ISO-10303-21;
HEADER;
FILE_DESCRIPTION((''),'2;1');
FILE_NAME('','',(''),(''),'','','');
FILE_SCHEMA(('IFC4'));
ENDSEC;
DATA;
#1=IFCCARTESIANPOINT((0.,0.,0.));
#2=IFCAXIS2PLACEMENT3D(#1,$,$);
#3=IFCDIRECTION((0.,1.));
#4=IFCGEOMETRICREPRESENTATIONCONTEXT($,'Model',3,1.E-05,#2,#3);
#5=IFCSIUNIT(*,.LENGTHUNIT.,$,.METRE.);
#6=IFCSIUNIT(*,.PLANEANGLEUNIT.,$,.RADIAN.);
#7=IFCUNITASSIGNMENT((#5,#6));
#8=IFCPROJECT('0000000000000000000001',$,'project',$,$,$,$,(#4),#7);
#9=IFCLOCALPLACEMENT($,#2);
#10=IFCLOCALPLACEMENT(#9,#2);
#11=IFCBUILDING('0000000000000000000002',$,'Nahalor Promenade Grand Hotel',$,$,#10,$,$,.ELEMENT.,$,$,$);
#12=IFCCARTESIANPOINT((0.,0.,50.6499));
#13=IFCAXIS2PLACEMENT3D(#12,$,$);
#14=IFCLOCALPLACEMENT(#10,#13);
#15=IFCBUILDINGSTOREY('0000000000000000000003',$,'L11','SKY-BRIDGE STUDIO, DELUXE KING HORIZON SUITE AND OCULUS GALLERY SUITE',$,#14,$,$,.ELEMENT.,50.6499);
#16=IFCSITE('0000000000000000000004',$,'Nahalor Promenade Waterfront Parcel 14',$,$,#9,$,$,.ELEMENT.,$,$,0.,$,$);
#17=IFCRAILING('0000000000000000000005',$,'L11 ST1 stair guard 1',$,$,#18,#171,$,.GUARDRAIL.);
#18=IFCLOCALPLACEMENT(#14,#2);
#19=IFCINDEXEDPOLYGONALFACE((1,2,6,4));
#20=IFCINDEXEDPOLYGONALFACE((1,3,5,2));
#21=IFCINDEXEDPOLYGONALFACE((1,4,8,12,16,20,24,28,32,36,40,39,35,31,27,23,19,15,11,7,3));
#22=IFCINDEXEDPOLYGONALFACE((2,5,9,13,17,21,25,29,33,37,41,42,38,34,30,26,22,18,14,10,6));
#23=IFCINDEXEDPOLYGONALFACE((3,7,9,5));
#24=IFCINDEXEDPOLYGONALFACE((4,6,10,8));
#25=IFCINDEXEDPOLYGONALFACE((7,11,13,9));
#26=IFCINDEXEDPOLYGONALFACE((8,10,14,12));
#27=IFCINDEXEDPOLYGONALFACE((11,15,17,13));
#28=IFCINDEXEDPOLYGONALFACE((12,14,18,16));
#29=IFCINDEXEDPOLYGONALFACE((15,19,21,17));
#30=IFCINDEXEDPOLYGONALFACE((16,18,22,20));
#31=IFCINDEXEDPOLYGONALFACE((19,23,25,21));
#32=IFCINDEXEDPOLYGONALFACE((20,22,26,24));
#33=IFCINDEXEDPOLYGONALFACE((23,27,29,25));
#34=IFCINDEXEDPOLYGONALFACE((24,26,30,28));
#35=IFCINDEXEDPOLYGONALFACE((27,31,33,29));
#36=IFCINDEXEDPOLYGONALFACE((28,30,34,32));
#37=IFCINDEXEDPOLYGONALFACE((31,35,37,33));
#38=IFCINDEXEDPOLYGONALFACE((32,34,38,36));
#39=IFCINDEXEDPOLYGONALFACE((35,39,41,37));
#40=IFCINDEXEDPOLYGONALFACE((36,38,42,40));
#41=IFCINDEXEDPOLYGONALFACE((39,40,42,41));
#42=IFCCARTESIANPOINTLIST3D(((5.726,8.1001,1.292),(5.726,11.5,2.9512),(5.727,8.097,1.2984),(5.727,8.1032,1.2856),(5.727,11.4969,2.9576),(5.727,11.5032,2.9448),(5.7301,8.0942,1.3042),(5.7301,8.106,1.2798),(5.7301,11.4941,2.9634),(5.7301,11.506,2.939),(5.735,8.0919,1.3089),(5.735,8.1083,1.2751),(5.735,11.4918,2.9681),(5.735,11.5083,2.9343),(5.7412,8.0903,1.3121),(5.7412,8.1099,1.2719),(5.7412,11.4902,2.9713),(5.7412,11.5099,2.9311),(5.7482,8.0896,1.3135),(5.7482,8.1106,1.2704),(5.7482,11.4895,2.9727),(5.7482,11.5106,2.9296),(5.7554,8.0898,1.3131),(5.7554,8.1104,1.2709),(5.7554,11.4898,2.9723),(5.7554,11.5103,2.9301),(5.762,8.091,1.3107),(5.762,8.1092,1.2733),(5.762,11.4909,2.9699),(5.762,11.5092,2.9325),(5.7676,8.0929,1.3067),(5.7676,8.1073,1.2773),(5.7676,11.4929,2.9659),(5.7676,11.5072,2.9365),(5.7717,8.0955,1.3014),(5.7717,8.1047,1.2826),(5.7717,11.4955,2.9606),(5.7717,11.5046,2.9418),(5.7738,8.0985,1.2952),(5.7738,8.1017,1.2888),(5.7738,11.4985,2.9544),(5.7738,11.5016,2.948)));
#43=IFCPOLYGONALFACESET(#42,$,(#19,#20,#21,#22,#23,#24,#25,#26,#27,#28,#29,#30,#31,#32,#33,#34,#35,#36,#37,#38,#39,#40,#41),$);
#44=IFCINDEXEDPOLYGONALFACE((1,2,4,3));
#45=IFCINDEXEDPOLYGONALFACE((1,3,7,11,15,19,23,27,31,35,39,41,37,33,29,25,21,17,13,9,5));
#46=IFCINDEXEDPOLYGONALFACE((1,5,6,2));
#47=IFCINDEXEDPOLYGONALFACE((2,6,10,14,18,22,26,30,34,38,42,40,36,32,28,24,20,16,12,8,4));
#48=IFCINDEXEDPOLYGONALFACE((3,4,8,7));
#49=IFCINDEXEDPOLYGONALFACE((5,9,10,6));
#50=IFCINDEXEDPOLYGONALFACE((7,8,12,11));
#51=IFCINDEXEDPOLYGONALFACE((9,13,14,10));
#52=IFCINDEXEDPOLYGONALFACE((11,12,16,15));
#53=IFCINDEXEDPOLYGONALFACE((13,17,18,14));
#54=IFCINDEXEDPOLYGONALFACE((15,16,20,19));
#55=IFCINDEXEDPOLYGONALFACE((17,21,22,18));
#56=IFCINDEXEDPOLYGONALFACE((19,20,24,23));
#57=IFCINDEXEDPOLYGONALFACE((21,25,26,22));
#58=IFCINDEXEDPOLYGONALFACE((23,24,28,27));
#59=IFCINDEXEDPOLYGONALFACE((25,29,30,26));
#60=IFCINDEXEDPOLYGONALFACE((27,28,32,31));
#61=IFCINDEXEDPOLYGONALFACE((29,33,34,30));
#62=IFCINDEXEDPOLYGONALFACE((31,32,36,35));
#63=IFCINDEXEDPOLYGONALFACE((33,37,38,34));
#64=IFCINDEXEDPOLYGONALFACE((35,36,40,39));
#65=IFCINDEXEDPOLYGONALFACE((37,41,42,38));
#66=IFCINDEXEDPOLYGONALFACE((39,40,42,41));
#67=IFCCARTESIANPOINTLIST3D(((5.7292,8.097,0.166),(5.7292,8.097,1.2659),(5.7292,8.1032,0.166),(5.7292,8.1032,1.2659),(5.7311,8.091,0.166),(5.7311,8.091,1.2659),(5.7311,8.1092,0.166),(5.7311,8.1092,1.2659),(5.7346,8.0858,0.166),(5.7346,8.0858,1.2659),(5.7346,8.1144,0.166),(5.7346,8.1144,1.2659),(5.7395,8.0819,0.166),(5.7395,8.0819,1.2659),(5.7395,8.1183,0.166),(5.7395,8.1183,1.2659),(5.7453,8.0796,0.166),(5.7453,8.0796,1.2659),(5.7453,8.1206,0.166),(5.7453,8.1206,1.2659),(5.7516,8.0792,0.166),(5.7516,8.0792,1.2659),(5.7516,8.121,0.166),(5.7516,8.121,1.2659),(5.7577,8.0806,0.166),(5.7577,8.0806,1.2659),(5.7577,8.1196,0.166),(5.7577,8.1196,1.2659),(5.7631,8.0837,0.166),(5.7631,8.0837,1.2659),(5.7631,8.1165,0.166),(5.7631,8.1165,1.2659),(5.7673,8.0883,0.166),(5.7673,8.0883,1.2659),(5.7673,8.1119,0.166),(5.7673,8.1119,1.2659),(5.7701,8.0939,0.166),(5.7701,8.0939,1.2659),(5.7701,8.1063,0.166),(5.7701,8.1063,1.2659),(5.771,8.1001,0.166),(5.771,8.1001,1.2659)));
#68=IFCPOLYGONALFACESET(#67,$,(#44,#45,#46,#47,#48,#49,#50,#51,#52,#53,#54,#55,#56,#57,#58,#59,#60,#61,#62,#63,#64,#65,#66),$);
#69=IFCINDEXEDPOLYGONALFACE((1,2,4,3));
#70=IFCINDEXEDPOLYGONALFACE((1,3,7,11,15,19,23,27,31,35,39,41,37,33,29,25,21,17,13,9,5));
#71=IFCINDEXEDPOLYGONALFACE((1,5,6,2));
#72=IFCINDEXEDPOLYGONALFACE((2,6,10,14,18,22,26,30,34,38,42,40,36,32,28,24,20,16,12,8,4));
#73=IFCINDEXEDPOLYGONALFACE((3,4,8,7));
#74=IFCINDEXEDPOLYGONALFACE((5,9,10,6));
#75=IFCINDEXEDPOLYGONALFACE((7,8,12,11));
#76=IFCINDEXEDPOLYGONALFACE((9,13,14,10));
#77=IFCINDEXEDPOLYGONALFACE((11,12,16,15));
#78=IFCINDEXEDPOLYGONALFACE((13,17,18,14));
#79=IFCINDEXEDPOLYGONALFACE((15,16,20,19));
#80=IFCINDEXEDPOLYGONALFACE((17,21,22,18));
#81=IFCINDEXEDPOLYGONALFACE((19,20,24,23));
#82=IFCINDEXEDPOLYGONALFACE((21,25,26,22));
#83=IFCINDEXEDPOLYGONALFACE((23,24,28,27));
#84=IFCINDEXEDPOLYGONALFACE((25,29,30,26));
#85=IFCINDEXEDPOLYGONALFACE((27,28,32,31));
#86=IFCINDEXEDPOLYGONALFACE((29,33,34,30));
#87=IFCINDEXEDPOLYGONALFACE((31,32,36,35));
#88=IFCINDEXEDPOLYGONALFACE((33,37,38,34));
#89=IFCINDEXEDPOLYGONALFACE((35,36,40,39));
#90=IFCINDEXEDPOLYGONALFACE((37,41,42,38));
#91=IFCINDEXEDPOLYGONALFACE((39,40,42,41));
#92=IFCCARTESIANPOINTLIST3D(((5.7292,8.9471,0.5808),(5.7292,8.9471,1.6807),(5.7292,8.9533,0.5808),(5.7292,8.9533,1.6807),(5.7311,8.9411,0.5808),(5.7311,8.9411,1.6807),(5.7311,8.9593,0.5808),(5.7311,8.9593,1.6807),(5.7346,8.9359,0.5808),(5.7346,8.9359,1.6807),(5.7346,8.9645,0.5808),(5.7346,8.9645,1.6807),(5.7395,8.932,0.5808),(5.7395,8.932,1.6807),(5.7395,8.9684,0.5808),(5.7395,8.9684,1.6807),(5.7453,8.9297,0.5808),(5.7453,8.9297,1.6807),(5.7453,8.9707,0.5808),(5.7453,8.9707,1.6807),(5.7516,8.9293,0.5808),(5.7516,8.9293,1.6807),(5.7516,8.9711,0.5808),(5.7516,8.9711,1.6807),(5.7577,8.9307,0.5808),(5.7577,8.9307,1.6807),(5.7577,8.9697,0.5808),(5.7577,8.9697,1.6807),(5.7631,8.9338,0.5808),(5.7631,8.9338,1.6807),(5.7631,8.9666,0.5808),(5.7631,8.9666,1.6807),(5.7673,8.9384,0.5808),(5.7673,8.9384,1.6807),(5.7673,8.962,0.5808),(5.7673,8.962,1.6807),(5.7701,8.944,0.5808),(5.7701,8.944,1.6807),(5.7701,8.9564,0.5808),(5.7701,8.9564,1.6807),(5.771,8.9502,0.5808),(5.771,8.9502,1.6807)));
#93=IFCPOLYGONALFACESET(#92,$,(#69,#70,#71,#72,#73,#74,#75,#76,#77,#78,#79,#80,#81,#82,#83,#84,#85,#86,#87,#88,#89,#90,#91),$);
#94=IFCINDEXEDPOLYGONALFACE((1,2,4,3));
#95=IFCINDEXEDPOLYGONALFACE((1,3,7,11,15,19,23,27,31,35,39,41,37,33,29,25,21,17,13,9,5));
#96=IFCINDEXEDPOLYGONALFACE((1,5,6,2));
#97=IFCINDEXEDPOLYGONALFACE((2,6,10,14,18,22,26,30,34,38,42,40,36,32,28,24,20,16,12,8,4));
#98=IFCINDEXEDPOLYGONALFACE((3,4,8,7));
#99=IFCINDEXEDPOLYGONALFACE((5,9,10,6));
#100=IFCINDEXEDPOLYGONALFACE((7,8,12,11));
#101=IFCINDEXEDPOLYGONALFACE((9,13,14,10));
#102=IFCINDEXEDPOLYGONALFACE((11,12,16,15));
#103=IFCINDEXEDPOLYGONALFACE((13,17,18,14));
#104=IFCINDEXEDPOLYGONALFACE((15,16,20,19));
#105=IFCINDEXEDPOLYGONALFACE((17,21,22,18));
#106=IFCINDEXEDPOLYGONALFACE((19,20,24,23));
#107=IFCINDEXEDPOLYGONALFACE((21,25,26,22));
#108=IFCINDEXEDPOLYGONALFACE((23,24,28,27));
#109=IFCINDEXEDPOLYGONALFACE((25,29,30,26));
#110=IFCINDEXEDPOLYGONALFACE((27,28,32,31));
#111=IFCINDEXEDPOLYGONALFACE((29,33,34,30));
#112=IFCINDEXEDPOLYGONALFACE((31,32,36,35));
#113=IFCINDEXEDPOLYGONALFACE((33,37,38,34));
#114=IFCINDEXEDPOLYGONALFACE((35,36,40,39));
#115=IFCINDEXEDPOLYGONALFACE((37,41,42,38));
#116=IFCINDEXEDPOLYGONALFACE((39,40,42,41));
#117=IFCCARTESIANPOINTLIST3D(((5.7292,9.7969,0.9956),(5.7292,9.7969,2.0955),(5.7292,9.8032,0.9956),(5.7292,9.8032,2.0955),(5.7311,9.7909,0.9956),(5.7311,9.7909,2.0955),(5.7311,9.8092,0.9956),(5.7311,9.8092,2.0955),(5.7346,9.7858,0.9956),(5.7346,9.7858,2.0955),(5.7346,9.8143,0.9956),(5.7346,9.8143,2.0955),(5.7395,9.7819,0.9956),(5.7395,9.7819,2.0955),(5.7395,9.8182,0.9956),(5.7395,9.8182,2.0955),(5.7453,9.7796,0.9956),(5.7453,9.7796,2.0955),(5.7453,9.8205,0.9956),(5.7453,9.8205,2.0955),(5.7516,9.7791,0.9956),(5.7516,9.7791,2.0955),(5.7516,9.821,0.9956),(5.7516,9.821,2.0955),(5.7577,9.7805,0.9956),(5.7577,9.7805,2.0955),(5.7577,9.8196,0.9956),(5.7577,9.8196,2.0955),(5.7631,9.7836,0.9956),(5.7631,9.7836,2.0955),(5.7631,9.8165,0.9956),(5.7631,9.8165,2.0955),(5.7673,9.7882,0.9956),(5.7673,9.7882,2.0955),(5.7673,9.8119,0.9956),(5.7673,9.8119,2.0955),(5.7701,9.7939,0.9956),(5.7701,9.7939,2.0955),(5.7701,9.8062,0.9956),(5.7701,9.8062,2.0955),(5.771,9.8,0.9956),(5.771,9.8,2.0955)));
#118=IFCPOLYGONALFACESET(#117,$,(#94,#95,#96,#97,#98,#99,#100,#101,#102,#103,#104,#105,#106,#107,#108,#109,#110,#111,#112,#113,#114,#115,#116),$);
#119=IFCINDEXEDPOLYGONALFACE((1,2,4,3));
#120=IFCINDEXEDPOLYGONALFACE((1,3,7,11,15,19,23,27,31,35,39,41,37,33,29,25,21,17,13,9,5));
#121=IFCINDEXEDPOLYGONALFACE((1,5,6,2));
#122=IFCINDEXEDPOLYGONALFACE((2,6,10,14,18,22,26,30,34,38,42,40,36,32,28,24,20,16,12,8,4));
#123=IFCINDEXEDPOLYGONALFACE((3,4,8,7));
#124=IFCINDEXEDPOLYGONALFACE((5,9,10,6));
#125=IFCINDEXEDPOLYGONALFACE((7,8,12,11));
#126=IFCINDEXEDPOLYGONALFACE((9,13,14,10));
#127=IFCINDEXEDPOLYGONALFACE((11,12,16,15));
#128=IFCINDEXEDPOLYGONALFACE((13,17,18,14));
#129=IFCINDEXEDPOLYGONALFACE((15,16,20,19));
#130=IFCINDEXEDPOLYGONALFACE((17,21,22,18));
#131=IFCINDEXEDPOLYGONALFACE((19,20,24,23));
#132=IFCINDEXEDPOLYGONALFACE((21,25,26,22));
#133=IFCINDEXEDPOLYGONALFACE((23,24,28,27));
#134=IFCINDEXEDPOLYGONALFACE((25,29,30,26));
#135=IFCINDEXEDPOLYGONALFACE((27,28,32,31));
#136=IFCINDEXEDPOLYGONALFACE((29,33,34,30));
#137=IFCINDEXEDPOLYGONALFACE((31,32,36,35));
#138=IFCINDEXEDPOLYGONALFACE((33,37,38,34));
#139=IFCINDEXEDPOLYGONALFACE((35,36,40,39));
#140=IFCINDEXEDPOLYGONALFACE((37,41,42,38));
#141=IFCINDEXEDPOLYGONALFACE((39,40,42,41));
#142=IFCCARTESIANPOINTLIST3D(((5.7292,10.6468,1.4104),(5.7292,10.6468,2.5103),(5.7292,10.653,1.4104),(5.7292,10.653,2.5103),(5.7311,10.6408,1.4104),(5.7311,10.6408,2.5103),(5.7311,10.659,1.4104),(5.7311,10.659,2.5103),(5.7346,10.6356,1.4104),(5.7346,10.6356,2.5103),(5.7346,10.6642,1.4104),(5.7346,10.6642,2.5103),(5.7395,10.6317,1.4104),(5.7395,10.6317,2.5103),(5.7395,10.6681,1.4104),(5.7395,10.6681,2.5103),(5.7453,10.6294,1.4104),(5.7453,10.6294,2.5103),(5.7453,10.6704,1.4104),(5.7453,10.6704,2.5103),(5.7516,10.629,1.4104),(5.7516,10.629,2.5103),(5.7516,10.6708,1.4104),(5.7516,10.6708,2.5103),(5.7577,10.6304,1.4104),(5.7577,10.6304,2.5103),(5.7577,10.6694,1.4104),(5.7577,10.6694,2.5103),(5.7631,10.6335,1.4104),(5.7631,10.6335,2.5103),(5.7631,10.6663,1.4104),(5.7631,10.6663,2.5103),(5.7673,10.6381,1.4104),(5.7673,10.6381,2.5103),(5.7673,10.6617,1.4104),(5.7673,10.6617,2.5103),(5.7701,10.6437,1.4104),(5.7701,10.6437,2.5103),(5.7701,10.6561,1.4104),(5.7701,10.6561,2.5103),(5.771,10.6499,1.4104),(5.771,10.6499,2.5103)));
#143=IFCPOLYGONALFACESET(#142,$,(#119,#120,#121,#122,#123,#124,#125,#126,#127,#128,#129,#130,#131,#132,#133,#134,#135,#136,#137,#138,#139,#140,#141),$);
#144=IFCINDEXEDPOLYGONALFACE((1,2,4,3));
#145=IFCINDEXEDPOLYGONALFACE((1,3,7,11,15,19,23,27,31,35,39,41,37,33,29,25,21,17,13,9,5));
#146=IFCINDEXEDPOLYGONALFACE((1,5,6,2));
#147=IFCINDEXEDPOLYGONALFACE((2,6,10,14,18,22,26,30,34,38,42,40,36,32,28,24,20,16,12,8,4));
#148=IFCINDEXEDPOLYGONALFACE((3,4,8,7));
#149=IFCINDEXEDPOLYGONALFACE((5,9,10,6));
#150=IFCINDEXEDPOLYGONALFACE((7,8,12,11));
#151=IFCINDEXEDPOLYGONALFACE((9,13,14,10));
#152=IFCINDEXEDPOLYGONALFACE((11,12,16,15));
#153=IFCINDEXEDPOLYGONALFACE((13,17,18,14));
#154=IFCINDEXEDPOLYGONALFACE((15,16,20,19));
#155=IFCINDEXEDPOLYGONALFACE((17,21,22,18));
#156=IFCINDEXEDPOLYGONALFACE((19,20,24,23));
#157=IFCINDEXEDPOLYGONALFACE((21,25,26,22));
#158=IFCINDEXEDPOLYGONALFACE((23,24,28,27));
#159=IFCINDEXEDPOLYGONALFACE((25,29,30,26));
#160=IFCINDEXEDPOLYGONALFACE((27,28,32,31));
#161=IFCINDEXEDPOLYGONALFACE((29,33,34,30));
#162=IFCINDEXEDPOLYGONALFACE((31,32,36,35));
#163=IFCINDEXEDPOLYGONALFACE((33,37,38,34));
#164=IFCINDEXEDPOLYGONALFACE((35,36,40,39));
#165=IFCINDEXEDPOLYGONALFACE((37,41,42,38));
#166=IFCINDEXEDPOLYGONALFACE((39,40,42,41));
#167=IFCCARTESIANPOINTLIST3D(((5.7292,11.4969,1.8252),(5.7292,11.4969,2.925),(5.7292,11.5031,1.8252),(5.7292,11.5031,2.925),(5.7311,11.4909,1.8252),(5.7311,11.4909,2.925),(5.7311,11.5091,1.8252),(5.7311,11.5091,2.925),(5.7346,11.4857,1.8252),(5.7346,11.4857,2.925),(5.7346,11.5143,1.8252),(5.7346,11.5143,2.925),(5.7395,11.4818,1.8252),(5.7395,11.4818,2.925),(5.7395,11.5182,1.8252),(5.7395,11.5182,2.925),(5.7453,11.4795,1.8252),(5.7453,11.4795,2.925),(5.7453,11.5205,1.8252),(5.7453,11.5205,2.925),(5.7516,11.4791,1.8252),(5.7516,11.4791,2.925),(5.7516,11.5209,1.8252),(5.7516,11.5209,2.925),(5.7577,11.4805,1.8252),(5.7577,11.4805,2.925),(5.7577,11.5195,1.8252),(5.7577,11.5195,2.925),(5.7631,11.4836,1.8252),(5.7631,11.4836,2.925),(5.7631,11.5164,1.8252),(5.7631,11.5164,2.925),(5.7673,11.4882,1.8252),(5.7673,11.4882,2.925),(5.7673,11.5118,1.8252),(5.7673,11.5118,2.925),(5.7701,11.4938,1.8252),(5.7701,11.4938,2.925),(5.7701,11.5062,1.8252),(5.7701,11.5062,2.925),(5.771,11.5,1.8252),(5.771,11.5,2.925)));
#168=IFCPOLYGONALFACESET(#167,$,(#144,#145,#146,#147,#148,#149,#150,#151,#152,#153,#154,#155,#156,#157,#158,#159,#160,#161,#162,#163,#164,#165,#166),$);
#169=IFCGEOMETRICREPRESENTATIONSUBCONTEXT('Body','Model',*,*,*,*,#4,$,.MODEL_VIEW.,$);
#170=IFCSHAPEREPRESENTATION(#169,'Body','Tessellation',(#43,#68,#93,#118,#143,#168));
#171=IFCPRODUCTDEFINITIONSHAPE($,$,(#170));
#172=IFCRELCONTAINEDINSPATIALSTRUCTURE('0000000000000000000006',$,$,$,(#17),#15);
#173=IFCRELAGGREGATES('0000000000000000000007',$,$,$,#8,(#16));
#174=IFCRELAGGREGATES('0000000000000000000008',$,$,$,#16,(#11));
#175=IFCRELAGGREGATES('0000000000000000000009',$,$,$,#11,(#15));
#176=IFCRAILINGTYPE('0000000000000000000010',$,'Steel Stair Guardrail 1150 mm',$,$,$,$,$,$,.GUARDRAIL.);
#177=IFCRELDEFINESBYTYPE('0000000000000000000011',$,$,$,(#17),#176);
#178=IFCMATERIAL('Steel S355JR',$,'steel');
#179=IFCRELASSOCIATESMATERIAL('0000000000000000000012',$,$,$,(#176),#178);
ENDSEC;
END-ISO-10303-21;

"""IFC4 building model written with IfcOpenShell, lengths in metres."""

from ifc_helpers import new_model, si_unit, direction, frame, origin, origin_2d, place, context, subcontext, project, spatial, circle, extrude, material, type_object, element, save


model = new_model("IFC4")

# Units and contexts
model_context = context("Model", 3, precision=1e-05, world=origin(), true_north=direction((0.0, 1.0)))
body_context = subcontext(model_context, "Body", "Model", "MODEL_VIEW")
ifc_project = project(units=[si_unit("LENGTHUNIT", "METRE"), si_unit("PLANEANGLEUNIT", "RADIAN")], contexts=[model_context])

# Site, building, storey
site_placement = place(None, origin())
site = spatial("IfcSite", under=ifc_project, at=site_placement, Name="Nahalor Promenade Waterfront Parcel 14", CompositionType="ELEMENT", RefElevation=0.0)
building_placement = place(site_placement, origin())
building = spatial("IfcBuilding", under=site, at=building_placement, Name="Nahalor Promenade Grand Hotel", CompositionType="ELEMENT")
storey_placement = place(building_placement, frame((0.0, 0.0, 50.6499)))
storey = spatial("IfcBuildingStorey", under=building, at=storey_placement, Name="L11", Description="SKY-BRIDGE STUDIO, DELUXE KING HORIZON SUITE AND OCULUS GALLERY SUITE", CompositionType="ELEMENT", Elevation=50.6499)

# Shared definitions
ifc_material_1 = material(Name="Steel S355JR", Category="steel")

# Railing
railing_type_1 = type_object("IfcRailingType", Name="Steel Stair Guardrail 1150 mm", PredefinedType="GUARDRAIL", material=ifc_material_1)
railing_1_placement = place(storey_placement, frame((5.75, 8.1001, 0.166)))
element("IfcRailing", 1, at=railing_1_placement, inside=storey, type_object=railing_type_1, Name="L11 ST1 stair guard 1", PredefinedType="GUARDRAIL", context=body_context, shape_type="SweptSolid", body=[
    extrude(circle(Radius=0.024, at=origin_2d()), frame((0.0, 0.0, 1.126), z_axis=(0.0, 0.898696, 0.438571), x_axis=(-1.0, 0.0, 0.0)), (0.0, 0.0, 1.0), 3.7832),
    extrude(circle(Radius=0.021, at=origin_2d()), origin(), (0.0, 0.0, 1.0), 1.0999),
    extrude(circle(Radius=0.021, at=origin_2d()), frame((0.0, 0.8501, 0.4148)), (0.0, 0.0, 1.0), 1.0999),
    extrude(circle(Radius=0.021, at=origin_2d()), frame((0.0, 1.7, 0.8296)), (0.0, 0.0, 1.0), 1.0999),
    extrude(circle(Radius=0.021, at=origin_2d()), frame((0.0, 2.5498, 1.2444)), (0.0, 0.0, 1.0), 1.0999),
    extrude(circle(Radius=0.021, at=origin_2d()), frame((0.0, 3.3999, 1.6592)), (0.0, 0.0, 1.0), 1.0999),
])

save(model, "model.ifc")
